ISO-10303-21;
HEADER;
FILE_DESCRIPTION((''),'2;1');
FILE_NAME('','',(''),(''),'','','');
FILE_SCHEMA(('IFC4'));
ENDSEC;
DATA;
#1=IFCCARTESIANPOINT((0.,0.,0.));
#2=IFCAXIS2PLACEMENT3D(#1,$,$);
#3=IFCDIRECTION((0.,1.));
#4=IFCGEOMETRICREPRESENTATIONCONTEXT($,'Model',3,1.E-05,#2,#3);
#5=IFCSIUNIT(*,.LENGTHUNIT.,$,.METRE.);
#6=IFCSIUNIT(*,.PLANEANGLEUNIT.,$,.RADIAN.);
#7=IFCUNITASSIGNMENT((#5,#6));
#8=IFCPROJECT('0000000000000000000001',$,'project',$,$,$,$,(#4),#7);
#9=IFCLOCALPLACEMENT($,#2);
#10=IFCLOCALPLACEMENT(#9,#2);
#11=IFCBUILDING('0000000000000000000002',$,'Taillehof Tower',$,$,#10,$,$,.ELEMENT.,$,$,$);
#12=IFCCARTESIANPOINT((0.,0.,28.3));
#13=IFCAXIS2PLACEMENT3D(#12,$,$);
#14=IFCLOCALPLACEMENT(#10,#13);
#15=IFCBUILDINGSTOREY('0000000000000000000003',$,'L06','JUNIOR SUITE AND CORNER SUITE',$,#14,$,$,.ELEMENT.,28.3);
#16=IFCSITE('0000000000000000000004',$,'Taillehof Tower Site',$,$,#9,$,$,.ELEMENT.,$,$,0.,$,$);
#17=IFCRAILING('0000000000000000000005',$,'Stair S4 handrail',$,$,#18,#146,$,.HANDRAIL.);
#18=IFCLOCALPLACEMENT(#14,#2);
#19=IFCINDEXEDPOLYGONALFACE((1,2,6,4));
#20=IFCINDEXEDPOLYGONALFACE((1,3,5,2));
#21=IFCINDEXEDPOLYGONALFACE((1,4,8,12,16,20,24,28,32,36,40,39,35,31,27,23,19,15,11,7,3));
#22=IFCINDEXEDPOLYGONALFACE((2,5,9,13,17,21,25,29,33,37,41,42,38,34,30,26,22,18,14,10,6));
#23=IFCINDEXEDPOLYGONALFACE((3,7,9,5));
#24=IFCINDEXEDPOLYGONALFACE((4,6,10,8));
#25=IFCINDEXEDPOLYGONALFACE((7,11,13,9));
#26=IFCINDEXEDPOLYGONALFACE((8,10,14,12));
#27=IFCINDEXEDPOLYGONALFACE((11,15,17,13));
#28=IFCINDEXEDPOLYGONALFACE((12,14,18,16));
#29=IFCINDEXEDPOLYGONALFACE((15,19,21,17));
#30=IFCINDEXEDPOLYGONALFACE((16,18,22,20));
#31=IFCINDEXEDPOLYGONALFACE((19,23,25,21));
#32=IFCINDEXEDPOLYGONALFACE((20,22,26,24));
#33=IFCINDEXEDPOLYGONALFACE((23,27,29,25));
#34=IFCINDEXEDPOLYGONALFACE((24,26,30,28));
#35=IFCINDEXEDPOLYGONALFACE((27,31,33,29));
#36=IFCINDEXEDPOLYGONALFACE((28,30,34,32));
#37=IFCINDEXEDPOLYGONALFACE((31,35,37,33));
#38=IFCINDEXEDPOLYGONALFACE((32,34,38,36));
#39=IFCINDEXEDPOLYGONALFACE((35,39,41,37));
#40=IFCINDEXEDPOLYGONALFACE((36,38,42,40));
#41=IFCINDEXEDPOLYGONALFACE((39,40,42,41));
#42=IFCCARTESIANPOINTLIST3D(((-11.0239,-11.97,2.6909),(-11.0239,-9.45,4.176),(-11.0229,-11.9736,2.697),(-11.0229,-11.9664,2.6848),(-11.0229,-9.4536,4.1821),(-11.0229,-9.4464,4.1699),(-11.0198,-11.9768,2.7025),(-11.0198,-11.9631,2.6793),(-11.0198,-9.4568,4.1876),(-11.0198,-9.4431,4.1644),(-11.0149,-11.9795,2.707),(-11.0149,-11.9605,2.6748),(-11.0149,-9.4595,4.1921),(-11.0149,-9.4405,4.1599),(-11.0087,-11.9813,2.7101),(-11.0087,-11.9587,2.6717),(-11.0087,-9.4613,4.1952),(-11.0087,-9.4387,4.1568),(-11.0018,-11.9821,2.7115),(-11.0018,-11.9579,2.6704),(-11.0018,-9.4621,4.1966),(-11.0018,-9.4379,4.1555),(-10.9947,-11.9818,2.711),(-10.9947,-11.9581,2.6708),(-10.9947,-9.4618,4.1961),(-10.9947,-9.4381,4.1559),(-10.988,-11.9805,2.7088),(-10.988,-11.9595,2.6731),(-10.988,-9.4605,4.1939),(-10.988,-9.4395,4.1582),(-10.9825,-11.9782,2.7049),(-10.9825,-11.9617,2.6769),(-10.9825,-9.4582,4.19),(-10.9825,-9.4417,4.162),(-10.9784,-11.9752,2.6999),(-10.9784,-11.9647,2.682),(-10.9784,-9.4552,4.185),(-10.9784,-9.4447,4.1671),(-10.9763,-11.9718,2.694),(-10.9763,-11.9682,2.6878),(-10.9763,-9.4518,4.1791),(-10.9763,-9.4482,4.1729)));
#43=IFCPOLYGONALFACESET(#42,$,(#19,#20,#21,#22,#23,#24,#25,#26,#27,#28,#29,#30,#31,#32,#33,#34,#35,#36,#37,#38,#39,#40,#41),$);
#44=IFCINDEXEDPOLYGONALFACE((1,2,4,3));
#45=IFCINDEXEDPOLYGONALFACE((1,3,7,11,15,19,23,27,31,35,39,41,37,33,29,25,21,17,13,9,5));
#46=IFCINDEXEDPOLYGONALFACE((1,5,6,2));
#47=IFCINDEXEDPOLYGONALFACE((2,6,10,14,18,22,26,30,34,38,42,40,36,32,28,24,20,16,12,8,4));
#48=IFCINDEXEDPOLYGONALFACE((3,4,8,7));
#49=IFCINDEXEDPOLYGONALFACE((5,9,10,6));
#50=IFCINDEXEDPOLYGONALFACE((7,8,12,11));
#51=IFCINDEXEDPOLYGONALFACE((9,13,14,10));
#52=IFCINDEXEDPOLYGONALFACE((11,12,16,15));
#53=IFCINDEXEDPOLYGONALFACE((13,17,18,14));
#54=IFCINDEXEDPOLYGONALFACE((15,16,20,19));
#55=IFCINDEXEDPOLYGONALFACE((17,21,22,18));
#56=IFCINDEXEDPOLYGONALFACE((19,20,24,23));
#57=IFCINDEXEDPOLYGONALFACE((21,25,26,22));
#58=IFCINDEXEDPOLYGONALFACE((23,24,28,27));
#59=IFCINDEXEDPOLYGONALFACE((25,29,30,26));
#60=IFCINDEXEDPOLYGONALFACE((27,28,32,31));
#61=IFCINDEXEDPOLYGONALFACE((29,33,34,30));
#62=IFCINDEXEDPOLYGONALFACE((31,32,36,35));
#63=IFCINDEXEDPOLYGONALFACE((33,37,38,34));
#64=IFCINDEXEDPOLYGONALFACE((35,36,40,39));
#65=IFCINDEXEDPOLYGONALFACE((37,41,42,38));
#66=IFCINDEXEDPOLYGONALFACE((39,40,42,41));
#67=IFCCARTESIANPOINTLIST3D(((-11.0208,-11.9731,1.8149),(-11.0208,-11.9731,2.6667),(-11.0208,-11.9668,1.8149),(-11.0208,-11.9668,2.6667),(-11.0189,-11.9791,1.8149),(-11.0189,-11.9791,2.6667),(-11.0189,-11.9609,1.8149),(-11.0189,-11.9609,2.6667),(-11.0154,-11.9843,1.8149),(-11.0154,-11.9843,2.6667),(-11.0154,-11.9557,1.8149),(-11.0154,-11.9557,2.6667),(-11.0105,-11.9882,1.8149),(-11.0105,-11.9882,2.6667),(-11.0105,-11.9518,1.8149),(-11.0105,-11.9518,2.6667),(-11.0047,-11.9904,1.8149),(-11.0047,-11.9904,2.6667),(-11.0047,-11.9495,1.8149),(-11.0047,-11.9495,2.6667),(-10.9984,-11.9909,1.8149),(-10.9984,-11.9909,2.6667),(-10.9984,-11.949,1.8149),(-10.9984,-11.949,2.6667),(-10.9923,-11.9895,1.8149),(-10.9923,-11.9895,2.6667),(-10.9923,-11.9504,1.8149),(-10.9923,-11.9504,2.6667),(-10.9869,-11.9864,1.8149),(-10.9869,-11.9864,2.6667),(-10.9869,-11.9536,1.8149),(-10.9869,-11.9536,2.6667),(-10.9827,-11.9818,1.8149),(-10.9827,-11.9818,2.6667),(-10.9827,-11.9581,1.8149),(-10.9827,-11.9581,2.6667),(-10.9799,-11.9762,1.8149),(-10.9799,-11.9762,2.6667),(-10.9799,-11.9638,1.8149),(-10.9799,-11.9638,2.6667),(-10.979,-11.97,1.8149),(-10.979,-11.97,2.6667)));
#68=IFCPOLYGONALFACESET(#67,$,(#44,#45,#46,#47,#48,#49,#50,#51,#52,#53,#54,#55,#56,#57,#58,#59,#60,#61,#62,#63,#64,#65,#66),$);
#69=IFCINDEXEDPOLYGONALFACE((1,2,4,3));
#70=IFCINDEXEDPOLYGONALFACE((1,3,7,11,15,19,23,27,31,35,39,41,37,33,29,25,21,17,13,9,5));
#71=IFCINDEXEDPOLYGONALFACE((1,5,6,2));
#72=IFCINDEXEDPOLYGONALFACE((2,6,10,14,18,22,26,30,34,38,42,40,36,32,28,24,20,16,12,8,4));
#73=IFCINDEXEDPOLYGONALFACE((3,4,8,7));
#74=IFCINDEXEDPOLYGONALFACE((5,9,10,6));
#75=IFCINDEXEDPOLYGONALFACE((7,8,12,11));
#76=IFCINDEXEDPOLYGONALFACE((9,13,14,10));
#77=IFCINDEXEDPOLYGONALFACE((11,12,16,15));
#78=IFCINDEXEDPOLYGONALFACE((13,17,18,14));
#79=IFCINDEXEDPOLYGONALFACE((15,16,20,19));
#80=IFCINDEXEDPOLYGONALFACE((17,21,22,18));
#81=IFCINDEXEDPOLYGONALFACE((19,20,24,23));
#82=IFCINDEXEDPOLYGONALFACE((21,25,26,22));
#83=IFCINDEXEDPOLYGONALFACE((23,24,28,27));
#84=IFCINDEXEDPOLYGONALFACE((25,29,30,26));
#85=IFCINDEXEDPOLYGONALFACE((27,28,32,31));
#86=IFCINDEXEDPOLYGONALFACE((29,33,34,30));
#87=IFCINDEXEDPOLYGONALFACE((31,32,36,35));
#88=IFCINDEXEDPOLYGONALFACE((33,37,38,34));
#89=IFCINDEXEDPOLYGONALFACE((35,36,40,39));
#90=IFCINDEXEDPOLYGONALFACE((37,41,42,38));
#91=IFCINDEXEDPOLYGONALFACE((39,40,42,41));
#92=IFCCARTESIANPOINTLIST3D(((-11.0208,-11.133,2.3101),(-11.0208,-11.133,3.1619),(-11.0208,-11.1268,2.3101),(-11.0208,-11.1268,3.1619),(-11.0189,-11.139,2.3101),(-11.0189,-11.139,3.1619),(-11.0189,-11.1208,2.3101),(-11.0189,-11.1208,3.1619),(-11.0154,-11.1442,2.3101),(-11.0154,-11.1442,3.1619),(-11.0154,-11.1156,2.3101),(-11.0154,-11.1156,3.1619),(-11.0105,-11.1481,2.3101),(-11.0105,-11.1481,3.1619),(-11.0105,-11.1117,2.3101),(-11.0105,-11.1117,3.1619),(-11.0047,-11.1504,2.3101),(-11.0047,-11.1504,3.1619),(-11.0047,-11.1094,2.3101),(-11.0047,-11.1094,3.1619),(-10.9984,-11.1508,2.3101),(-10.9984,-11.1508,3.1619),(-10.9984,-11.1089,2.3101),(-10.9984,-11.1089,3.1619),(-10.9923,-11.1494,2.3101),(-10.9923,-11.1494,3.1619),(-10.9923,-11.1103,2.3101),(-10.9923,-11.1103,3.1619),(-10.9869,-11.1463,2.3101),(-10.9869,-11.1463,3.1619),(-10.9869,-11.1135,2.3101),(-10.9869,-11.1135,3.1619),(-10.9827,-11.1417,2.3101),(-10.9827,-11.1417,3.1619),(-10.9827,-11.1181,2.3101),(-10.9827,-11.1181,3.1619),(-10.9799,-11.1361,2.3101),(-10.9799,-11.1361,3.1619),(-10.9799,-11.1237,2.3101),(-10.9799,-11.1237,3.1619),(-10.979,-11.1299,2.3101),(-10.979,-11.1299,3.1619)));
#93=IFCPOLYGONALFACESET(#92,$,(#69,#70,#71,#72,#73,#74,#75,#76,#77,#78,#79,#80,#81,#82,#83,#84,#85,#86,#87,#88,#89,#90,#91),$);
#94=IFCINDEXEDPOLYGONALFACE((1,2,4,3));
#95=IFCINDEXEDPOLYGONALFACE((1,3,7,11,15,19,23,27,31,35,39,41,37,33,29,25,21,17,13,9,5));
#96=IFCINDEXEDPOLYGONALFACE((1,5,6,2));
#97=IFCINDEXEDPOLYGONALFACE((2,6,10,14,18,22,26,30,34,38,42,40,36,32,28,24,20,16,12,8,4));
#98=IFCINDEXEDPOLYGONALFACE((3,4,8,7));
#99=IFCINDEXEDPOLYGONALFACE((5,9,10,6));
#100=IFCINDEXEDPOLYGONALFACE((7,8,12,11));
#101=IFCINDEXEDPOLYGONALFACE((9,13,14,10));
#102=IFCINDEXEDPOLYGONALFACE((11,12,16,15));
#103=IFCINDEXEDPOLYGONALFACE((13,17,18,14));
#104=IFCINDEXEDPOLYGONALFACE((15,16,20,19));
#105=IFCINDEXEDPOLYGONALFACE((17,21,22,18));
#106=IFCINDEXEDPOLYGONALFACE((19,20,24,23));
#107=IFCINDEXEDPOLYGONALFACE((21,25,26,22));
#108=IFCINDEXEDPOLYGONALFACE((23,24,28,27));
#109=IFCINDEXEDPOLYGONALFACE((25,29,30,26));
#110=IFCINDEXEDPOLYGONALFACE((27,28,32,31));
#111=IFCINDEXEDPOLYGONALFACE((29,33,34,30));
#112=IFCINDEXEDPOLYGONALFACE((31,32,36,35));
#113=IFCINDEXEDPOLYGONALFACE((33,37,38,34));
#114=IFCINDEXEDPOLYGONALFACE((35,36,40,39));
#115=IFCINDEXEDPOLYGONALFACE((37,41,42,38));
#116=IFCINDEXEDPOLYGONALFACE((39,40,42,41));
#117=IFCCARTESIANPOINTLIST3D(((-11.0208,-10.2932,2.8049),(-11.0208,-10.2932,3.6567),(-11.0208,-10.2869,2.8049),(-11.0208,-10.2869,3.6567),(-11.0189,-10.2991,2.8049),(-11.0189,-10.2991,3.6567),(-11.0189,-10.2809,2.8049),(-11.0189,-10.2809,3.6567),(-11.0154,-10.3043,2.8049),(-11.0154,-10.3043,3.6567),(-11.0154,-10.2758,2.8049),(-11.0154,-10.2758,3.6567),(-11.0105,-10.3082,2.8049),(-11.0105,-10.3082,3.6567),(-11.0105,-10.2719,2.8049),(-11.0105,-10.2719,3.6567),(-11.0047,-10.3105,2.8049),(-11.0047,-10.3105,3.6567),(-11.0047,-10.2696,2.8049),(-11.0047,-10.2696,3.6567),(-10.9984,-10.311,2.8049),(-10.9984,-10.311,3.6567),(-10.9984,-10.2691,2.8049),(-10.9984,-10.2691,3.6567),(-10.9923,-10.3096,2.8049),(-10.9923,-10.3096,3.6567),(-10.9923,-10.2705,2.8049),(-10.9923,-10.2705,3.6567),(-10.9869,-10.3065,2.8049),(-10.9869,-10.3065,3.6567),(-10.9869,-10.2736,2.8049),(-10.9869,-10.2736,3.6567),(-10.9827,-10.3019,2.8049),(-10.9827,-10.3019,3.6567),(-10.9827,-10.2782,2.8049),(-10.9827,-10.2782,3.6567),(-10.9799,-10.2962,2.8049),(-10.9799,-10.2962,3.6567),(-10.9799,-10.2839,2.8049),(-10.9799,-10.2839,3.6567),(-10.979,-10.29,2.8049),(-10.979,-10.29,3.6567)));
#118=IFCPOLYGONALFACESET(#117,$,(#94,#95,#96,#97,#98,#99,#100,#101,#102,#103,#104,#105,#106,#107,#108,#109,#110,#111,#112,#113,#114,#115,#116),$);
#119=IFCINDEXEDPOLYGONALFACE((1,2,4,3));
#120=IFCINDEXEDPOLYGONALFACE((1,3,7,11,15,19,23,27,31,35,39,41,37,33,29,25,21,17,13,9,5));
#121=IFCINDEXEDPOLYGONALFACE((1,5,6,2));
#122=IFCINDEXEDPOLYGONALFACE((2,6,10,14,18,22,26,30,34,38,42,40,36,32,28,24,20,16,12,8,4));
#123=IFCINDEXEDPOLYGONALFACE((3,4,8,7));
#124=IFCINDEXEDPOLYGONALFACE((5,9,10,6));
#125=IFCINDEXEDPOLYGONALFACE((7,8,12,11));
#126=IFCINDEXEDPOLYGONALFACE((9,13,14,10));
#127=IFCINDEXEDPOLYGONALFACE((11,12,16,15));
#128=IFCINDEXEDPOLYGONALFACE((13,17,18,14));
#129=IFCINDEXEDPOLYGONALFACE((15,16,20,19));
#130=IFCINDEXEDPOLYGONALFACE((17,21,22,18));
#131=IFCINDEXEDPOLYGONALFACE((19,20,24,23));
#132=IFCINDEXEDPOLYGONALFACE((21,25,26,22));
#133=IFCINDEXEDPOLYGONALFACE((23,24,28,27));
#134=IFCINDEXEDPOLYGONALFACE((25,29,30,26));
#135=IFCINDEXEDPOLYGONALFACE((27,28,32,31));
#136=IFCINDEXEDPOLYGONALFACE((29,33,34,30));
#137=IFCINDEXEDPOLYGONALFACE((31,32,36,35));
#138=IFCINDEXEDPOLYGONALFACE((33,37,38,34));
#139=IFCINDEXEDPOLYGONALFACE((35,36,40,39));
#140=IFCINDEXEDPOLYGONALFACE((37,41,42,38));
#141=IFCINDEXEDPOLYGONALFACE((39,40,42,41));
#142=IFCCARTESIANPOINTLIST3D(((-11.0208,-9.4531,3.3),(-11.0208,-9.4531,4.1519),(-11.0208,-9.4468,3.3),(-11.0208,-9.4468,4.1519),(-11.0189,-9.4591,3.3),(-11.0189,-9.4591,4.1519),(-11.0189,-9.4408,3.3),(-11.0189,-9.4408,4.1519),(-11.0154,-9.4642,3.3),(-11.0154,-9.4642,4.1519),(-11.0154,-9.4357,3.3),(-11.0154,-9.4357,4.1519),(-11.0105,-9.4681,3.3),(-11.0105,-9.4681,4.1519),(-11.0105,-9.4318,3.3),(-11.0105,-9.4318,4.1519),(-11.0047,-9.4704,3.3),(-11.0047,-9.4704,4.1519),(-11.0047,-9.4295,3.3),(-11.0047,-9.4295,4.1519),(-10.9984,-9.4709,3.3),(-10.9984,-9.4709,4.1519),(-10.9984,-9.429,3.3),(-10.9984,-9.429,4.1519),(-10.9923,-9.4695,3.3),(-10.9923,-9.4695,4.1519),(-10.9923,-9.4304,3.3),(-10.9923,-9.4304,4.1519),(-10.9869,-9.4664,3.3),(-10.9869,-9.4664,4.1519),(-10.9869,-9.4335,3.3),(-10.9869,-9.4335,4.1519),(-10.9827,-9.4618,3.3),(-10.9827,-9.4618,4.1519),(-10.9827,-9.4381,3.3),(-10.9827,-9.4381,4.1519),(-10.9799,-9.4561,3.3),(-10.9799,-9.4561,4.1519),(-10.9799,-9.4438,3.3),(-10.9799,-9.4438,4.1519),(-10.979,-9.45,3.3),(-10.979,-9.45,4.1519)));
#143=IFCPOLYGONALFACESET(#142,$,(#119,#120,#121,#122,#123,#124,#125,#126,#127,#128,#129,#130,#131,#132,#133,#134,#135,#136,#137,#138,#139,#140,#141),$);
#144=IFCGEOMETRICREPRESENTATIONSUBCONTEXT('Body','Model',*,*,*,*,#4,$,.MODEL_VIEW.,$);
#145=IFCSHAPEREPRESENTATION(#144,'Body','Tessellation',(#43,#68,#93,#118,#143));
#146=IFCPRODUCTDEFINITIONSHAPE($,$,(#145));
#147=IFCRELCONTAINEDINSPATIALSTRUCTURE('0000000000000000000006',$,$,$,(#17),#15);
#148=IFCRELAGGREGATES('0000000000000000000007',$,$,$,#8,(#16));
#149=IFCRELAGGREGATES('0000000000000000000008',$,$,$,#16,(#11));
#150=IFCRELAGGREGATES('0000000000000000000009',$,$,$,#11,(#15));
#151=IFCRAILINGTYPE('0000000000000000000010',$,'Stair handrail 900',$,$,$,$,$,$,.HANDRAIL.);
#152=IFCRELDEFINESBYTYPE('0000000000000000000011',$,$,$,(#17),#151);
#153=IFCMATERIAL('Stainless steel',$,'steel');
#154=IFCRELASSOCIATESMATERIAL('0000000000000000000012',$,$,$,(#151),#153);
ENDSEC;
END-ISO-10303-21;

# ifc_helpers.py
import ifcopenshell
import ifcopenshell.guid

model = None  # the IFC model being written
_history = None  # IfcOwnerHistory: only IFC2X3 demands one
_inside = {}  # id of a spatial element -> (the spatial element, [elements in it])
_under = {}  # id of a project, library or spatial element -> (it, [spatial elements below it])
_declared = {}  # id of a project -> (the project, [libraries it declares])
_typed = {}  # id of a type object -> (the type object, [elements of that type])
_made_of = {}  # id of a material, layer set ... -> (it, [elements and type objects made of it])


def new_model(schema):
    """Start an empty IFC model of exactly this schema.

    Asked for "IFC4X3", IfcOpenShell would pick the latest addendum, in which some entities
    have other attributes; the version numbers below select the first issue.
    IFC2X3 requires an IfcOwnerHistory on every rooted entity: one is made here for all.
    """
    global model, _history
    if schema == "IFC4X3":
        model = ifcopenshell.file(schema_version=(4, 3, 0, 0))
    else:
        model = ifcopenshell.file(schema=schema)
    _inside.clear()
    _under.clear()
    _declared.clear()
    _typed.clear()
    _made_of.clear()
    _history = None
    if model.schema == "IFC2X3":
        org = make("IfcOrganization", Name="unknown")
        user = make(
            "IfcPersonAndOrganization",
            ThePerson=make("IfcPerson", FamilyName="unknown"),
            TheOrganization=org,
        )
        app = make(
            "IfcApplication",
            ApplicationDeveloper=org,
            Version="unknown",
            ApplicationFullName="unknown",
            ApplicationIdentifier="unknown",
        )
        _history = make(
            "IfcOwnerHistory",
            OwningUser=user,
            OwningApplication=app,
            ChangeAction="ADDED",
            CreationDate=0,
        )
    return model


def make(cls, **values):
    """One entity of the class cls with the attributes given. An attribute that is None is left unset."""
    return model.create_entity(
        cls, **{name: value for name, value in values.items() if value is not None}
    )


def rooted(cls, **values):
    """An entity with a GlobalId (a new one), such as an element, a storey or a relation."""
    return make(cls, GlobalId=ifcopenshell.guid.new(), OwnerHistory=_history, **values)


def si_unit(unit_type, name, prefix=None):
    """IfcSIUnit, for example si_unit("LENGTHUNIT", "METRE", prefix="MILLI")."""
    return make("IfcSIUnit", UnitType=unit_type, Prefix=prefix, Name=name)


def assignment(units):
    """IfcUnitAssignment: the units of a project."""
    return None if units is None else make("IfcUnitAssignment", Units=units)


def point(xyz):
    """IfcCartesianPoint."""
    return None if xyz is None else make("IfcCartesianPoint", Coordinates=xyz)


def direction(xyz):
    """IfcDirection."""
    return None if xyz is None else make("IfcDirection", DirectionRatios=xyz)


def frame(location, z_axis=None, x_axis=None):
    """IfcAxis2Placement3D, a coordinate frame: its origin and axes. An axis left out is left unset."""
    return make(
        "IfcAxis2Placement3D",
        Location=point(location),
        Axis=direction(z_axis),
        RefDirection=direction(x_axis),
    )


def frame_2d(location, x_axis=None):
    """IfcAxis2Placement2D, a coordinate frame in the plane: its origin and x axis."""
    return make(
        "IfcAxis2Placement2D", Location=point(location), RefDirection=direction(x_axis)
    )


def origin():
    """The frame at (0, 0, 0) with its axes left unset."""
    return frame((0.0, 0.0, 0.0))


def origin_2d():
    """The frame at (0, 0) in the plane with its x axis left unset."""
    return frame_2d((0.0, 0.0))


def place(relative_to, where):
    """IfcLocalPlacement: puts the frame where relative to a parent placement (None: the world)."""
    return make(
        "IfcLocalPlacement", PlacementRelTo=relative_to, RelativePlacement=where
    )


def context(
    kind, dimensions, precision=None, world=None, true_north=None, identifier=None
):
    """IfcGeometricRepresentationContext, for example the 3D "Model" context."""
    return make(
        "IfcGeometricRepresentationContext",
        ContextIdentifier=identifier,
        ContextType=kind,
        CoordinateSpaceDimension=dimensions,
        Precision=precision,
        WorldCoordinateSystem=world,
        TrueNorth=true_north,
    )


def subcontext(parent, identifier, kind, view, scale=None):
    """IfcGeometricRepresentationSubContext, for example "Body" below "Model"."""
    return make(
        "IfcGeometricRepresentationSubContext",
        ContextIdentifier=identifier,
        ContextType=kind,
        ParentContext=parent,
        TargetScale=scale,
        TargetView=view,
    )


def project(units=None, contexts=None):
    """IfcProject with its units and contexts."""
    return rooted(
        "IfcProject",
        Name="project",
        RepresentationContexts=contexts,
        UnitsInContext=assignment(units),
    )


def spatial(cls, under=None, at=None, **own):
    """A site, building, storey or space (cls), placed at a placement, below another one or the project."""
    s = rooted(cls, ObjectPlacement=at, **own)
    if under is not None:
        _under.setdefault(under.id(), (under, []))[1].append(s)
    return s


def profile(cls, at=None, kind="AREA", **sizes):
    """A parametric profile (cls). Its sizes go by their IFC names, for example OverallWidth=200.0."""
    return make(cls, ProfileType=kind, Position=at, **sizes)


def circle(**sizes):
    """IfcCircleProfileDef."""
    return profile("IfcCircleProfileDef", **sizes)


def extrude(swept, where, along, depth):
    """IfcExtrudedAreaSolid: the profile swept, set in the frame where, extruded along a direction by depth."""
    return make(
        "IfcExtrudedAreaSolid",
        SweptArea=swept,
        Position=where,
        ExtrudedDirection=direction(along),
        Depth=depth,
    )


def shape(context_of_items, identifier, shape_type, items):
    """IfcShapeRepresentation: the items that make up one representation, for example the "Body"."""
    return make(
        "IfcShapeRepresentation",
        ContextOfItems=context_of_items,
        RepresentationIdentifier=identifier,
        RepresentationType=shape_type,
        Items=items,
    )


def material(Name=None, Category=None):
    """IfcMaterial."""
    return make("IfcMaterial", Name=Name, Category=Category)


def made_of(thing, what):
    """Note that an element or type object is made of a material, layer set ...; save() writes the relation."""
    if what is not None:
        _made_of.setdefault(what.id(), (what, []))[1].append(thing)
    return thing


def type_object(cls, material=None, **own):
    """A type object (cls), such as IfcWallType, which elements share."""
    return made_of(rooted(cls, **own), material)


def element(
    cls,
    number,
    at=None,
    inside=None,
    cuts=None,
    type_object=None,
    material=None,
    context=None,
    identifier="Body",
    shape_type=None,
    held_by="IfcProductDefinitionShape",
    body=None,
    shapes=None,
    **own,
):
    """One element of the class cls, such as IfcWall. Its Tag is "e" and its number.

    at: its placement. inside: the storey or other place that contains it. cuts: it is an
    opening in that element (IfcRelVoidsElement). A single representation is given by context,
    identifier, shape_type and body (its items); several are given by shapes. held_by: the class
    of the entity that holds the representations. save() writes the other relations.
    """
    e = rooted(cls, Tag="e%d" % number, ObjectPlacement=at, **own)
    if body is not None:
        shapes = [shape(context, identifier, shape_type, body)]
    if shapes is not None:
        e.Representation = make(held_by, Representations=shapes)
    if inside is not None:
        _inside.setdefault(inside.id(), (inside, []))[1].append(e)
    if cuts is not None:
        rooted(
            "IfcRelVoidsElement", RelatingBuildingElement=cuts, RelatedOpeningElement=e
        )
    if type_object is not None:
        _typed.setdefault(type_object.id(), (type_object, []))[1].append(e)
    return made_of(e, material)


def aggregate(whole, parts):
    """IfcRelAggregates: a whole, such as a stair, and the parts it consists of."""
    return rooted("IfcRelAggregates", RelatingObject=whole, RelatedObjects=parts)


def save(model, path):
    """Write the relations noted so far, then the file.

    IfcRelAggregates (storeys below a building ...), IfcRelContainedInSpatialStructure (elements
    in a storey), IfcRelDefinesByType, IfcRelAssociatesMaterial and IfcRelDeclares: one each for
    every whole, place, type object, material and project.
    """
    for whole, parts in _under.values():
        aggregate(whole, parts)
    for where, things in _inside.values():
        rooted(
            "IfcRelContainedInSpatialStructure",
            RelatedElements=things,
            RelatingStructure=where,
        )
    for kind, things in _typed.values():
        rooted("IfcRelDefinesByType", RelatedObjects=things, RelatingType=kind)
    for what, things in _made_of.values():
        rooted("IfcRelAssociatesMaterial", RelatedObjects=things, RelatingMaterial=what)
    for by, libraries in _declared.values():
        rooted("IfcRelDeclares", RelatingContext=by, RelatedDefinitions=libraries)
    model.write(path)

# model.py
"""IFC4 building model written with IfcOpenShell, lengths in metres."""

from ifc_helpers import new_model, si_unit, direction, frame, origin, origin_2d, place, context, subcontext, project, spatial, circle, extrude, material, type_object, element, save


model = new_model("IFC4")

# Units and contexts
model_context = context("Model", 3, precision=1e-05, world=origin(), true_north=direction((0.0, 1.0)))
body_context = subcontext(model_context, "Body", "Model", "MODEL_VIEW")
ifc_project = project(units=[si_unit("LENGTHUNIT", "METRE"), si_unit("PLANEANGLEUNIT", "RADIAN")], contexts=[model_context])

# Site, building, storey
site_placement = place(None, origin())
site = spatial("IfcSite", under=ifc_project, at=site_placement, Name="Taillehof Tower Site", CompositionType="ELEMENT", RefElevation=0.0)
building_placement = place(site_placement, origin())
building = spatial("IfcBuilding", under=site, at=building_placement, Name="Taillehof Tower", CompositionType="ELEMENT")
storey_placement = place(building_placement, frame((0.0, 0.0, 28.3)))
storey = spatial("IfcBuildingStorey", under=building, at=storey_placement, Name="L06", Description="JUNIOR SUITE AND CORNER SUITE", CompositionType="ELEMENT", Elevation=28.3)

# Railing
ifc_material_1 = material(Name="Stainless steel", Category="steel")
railing_type = type_object("IfcRailingType", Name="Stair handrail 900", PredefinedType="HANDRAIL", material=ifc_material_1)
railing_placement = place(storey_placement, frame((-11.0, -11.97, 1.8149)))
element("IfcRailing", 1, at=railing_placement, inside=storey, type_object=railing_type, Name="Stair S4 handrail", PredefinedType="HANDRAIL", context=body_context, shape_type="SweptSolid", body=[
    extrude(circle(Radius=0.0239, at=origin_2d()), frame((0.0, 0.0, 0.876), z_axis=(0.0, 0.861524, 0.507717), x_axis=(-1.0, 0.0, 0.0)), (0.0, 0.0, 1.0), 2.925),
    extrude(circle(Radius=0.021, at=origin_2d()), origin(), (0.0, 0.0, 1.0), 0.8518),
    extrude(circle(Radius=0.021, at=origin_2d()), frame((0.0, 0.8401, 0.4951)), (0.0, 0.0, 1.0), 0.8518),
    extrude(circle(Radius=0.021, at=origin_2d()), frame((0.0, 1.6799, 0.99)), (0.0, 0.0, 1.0), 0.8518),
    extrude(circle(Radius=0.021, at=origin_2d()), frame((0.0, 2.52, 1.4851)), (0.0, 0.0, 1.0), 0.8518),
])

save(model, "model.ifc")
